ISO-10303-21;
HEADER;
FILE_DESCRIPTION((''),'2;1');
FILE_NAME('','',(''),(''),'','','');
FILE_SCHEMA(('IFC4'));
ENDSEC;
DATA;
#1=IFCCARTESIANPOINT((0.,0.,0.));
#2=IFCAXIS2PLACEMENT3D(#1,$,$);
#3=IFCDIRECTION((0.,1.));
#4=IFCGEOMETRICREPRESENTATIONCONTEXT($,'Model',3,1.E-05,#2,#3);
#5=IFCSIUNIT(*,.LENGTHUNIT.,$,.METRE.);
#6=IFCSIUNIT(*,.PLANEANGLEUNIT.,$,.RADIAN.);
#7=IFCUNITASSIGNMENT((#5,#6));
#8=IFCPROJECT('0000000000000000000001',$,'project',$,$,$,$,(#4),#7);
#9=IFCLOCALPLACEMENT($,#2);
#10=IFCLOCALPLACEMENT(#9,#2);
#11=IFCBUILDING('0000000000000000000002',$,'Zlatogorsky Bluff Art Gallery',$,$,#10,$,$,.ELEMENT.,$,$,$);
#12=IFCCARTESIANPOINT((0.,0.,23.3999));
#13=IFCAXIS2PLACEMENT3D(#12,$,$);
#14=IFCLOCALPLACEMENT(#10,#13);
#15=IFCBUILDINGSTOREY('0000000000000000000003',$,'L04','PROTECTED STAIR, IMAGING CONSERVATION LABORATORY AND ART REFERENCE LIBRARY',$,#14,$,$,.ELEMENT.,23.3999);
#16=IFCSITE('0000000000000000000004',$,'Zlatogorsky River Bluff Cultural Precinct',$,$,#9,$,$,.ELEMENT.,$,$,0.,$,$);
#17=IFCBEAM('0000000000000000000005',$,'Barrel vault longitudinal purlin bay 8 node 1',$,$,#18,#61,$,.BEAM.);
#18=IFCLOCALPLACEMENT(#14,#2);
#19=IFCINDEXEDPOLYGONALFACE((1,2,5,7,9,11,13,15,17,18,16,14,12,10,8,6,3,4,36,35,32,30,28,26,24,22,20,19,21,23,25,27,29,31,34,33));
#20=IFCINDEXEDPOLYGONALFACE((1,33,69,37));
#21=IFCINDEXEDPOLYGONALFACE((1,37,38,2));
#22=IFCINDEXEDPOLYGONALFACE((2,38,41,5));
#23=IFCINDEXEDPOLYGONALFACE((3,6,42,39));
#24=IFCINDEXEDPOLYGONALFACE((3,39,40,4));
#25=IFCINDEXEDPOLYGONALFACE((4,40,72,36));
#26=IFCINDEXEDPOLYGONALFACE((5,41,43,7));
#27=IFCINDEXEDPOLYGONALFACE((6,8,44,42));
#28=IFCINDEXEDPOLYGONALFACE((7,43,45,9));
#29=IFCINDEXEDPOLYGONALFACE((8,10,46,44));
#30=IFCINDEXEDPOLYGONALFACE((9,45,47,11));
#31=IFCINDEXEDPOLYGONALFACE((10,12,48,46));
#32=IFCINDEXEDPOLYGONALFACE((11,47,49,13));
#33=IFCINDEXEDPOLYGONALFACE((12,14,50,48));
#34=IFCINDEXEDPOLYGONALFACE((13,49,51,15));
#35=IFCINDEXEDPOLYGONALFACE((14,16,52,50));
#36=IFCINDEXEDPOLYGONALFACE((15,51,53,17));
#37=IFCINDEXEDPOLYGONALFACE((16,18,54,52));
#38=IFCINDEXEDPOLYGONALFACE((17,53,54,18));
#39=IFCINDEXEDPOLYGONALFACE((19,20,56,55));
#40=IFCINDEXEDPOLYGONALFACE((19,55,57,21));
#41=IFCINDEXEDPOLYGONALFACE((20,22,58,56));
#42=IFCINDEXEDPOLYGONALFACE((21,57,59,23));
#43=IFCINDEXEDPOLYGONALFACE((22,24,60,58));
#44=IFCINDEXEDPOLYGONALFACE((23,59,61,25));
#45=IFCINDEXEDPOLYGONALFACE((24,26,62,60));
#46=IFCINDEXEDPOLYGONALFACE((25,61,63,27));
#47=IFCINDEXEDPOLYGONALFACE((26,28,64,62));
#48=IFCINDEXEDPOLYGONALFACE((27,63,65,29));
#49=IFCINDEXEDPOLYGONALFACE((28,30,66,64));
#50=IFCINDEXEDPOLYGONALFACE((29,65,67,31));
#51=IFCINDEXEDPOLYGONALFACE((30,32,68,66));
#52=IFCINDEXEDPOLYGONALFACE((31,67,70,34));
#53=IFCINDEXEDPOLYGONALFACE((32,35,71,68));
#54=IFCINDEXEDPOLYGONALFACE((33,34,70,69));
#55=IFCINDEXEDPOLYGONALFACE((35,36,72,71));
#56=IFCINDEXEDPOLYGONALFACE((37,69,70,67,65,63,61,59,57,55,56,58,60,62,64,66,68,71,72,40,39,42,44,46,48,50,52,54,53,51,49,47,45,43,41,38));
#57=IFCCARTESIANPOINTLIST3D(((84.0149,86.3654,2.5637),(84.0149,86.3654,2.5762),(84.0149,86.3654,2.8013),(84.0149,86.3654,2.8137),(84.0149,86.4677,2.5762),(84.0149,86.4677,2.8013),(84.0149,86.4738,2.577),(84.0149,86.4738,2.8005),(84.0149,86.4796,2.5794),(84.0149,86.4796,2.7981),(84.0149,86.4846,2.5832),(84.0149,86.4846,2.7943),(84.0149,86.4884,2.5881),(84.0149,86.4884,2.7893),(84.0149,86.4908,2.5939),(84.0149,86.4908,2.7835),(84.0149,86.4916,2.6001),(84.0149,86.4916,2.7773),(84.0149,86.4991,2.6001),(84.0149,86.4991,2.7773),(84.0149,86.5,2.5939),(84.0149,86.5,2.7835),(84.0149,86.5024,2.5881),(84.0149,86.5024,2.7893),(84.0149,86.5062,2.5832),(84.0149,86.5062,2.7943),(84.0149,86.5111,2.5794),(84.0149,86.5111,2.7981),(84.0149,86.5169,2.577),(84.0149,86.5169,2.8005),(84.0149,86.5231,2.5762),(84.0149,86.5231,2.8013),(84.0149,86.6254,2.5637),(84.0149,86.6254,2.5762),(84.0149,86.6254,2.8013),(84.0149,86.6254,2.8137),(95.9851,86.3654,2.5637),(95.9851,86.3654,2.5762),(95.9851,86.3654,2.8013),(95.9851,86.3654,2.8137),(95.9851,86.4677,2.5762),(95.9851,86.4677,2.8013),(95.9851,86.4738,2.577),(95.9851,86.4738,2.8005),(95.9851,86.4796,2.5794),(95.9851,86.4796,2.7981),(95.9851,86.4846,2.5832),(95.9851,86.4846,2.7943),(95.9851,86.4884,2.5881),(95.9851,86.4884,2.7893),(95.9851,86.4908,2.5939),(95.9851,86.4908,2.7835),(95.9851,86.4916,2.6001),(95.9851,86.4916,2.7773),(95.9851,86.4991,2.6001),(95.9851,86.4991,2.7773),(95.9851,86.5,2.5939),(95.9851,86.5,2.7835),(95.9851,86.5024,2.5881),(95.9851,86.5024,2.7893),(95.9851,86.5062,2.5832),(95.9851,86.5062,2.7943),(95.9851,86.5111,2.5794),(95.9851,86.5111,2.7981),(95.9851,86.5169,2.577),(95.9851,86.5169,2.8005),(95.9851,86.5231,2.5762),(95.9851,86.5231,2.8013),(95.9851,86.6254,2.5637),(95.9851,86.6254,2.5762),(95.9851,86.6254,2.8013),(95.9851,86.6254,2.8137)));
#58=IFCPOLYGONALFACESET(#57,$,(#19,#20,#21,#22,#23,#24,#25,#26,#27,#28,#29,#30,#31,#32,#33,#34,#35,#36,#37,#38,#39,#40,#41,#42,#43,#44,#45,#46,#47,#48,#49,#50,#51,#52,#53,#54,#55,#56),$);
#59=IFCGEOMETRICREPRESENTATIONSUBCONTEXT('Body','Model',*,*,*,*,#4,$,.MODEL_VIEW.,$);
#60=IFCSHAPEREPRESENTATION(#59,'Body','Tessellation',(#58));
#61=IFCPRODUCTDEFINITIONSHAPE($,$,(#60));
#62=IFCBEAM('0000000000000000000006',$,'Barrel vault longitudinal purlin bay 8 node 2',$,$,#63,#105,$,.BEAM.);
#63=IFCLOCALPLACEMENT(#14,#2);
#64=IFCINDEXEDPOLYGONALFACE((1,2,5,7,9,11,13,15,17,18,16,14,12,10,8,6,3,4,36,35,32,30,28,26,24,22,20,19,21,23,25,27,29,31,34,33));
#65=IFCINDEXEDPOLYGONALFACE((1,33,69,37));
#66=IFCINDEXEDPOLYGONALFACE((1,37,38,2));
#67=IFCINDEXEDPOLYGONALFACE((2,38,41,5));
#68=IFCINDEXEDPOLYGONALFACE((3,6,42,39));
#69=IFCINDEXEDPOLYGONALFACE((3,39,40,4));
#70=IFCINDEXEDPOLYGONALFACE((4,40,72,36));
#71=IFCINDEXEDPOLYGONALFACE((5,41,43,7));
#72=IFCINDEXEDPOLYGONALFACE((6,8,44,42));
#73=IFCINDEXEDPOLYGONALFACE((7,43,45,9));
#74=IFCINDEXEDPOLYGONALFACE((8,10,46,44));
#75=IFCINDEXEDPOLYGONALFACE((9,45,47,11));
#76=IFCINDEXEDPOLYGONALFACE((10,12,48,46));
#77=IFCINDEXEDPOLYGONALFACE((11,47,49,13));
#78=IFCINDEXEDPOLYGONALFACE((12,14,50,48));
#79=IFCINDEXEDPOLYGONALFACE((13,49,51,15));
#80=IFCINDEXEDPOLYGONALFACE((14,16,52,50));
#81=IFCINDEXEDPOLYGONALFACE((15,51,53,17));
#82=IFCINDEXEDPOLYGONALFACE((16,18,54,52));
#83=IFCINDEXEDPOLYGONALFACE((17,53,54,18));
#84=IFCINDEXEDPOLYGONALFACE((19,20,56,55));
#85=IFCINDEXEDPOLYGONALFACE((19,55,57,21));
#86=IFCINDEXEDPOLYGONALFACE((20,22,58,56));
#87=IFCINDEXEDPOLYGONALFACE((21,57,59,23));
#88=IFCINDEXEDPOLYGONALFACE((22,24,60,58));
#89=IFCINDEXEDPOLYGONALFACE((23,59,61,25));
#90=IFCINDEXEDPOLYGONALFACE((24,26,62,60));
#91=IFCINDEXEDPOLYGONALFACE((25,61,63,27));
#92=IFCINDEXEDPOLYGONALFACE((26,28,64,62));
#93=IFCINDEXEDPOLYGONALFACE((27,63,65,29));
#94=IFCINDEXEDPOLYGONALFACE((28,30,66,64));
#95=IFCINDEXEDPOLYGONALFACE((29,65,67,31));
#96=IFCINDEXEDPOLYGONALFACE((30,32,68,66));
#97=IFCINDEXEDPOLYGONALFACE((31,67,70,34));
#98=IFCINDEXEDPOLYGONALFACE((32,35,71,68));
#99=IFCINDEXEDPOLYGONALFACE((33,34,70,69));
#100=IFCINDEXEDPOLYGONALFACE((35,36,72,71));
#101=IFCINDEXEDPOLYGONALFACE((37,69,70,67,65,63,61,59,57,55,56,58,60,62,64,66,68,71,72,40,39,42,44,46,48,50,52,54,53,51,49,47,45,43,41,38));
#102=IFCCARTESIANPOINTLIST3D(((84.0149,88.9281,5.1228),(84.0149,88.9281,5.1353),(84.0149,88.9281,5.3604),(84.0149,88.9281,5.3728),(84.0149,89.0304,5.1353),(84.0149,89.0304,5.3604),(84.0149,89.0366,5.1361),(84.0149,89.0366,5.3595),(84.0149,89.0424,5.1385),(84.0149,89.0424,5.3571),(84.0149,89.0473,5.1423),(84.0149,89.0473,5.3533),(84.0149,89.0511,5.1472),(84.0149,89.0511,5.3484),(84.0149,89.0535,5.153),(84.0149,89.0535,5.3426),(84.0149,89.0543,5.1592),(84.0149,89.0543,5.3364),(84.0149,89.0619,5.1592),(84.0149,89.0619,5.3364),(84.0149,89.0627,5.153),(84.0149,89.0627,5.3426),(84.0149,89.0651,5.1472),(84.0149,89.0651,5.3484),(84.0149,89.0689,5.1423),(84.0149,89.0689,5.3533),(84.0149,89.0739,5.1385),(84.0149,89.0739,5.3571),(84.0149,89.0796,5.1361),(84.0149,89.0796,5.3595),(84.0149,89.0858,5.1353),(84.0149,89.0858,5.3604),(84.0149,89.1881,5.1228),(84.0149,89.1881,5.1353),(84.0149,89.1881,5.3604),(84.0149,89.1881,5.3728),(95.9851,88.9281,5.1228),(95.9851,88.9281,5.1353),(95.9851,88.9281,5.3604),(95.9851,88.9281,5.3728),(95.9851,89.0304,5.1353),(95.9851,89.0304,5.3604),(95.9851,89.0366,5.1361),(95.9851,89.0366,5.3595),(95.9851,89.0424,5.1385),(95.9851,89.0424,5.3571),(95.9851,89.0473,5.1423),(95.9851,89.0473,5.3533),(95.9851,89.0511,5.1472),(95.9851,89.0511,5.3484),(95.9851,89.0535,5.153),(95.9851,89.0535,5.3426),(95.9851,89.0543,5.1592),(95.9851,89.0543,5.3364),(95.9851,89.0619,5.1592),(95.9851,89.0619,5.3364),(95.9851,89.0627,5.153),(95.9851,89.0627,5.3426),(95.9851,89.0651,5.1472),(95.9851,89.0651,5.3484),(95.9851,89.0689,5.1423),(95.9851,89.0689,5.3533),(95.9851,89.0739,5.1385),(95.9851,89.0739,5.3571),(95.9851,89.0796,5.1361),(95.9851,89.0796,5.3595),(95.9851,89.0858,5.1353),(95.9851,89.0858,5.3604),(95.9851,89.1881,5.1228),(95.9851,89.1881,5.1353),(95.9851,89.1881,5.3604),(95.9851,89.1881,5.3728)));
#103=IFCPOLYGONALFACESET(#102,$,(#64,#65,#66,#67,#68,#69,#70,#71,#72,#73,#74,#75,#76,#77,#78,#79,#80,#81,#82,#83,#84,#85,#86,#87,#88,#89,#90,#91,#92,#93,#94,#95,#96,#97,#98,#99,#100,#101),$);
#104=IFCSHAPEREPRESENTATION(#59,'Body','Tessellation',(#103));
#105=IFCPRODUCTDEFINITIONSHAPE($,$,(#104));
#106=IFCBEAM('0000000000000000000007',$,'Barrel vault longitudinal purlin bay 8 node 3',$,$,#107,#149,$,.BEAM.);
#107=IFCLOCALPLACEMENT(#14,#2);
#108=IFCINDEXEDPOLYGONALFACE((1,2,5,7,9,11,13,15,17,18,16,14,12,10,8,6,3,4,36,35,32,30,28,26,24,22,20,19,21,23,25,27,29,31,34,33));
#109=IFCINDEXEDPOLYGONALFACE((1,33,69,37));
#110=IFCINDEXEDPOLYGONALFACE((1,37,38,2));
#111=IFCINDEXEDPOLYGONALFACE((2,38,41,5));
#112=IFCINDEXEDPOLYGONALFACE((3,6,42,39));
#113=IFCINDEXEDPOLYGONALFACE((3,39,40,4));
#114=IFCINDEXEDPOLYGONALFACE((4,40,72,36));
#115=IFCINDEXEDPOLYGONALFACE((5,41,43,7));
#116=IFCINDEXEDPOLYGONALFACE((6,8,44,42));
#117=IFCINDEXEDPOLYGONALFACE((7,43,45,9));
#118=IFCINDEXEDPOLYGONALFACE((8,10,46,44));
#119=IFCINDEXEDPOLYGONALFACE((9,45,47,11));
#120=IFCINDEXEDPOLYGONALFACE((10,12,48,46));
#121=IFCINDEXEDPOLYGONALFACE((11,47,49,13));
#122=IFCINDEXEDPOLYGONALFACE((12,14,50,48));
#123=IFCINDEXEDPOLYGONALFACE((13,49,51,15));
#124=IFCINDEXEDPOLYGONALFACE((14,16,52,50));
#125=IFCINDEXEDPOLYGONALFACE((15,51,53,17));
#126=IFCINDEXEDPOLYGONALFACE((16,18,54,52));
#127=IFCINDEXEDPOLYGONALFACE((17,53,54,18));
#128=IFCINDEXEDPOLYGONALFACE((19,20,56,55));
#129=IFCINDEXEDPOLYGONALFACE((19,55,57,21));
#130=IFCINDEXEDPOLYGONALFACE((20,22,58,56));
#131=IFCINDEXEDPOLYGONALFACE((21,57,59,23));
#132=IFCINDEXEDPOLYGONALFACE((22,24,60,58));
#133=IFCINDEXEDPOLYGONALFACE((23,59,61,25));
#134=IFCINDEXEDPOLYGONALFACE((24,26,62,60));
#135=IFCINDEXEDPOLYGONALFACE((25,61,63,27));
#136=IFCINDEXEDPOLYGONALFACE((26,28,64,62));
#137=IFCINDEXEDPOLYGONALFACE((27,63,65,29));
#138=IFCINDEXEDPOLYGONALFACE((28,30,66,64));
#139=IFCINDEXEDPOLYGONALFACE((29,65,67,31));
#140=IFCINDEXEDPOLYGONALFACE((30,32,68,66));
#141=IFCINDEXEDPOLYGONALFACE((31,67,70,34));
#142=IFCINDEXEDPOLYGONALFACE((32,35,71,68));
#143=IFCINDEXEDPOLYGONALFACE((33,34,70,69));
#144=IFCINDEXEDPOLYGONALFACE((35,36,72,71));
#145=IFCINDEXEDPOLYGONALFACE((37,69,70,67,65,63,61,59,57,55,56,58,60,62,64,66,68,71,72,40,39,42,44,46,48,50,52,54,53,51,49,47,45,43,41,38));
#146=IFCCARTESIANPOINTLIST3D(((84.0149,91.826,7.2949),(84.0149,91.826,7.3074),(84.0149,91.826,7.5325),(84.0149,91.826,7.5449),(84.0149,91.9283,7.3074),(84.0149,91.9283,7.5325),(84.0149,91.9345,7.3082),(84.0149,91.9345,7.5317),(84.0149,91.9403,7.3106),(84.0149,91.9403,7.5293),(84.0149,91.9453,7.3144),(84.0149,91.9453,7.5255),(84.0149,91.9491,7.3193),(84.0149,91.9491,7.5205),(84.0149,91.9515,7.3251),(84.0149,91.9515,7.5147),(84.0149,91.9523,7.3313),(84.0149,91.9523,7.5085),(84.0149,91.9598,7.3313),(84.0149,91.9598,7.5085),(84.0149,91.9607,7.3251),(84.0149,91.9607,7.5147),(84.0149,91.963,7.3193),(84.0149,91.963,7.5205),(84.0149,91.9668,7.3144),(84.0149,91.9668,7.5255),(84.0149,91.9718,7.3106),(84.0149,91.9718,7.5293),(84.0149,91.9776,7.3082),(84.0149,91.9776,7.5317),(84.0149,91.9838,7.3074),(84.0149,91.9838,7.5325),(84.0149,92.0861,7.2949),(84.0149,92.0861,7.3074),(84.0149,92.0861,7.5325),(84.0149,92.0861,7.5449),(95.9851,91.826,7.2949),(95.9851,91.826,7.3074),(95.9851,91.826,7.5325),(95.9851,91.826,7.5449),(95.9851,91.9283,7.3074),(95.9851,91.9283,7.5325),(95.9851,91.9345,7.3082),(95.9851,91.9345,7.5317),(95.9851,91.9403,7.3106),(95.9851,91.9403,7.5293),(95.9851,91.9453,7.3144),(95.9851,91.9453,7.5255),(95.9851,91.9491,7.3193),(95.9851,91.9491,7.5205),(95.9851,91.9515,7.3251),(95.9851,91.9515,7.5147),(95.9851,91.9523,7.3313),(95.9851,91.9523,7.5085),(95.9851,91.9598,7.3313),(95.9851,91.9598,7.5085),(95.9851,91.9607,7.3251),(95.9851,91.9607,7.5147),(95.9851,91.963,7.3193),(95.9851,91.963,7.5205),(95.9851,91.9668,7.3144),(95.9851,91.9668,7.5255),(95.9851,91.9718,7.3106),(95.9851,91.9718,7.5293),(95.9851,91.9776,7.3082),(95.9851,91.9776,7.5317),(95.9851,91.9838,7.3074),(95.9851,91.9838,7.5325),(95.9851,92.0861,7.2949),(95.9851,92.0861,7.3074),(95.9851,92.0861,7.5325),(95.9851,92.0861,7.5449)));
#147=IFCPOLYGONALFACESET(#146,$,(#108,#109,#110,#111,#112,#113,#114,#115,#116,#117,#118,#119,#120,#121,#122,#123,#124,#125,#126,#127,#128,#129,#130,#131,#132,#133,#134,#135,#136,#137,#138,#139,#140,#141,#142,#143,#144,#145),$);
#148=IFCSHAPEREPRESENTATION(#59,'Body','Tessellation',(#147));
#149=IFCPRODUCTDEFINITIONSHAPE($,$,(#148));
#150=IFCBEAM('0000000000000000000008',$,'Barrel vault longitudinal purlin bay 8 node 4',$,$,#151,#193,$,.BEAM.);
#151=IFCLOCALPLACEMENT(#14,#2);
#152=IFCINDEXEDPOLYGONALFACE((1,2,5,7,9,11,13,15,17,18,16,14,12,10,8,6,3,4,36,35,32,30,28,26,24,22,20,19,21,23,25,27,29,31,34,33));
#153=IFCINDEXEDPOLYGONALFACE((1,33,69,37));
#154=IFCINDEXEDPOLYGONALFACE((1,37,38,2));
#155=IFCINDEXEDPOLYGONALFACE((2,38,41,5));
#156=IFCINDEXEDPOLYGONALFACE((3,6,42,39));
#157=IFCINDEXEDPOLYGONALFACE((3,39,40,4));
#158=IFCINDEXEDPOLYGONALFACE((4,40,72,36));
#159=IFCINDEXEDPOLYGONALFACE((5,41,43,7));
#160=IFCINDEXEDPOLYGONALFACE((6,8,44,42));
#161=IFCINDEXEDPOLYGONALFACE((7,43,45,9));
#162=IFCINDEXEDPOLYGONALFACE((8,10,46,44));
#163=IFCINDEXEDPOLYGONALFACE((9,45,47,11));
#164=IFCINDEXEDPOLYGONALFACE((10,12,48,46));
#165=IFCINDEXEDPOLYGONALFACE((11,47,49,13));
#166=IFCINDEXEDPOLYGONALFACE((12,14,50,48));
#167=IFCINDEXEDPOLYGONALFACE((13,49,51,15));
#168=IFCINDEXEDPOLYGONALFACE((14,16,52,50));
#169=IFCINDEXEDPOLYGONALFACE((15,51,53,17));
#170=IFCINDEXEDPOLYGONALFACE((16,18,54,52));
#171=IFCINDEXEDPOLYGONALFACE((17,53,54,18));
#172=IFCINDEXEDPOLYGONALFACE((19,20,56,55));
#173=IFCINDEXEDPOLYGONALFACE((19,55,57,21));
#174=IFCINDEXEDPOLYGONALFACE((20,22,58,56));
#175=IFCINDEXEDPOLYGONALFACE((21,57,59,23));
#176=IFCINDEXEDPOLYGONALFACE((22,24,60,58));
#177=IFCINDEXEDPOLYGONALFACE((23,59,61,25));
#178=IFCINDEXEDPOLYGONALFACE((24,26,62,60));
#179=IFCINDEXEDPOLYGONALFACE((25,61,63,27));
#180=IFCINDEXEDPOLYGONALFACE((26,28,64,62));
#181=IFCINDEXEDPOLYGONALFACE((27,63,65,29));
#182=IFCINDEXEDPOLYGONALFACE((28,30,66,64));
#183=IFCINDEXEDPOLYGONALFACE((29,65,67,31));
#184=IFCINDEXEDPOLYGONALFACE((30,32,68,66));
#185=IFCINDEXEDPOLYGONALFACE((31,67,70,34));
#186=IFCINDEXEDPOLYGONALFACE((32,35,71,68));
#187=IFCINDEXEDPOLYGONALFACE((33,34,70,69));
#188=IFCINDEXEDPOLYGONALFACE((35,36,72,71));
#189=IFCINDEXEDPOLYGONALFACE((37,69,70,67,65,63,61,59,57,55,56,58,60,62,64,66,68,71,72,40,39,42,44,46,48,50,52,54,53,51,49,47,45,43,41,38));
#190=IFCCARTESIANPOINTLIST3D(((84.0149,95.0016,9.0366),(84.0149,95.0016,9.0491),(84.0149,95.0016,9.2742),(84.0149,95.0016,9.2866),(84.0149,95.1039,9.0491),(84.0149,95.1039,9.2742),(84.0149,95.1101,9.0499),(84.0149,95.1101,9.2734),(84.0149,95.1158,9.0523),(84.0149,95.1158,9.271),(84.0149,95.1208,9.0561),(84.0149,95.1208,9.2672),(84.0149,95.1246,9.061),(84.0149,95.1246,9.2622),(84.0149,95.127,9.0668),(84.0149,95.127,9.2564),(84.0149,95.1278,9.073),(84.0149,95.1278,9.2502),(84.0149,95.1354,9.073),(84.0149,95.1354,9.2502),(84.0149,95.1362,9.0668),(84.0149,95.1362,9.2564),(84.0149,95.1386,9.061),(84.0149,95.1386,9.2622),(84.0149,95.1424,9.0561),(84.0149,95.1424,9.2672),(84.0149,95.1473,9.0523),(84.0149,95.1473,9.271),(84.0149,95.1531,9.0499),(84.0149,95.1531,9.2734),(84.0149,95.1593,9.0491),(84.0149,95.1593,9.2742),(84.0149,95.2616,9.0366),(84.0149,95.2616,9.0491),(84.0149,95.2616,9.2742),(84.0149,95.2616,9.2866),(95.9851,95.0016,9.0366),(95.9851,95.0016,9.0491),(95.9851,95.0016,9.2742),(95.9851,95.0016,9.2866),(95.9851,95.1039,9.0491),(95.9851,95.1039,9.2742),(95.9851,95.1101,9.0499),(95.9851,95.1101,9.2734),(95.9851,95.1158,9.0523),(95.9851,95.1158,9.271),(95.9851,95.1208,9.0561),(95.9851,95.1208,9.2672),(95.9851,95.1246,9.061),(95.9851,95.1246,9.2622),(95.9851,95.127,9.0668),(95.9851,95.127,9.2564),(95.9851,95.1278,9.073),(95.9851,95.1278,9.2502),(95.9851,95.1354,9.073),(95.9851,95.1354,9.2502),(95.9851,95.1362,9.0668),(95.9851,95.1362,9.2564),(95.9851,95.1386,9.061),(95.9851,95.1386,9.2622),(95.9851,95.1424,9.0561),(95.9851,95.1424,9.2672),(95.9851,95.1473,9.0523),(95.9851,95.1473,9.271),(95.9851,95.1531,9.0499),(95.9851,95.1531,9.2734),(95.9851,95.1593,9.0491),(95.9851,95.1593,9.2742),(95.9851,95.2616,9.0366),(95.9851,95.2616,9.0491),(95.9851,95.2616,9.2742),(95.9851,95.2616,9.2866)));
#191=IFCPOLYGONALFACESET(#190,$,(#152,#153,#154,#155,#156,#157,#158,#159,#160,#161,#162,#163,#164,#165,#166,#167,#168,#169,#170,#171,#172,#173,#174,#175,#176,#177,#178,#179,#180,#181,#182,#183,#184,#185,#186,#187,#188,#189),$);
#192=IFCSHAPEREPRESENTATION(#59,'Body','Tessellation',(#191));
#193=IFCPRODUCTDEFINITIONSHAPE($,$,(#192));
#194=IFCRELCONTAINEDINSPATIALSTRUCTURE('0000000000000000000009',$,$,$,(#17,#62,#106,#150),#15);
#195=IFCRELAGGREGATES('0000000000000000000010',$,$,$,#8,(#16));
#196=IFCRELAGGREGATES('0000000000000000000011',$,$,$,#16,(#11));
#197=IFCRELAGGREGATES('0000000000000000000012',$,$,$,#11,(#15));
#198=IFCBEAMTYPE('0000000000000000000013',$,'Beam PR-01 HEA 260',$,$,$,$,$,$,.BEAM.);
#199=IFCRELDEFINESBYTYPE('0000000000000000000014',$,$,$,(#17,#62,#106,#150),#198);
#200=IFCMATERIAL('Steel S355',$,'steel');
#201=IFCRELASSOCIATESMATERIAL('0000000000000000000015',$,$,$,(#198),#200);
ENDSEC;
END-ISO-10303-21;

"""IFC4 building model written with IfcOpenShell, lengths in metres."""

from ifc_helpers import new_model, si_unit, direction, frame, origin, origin_2d, place, context, subcontext, project, spatial, i_section, extrude, material, material_profile, profile_set, type_object, element, save


model = new_model("IFC4")

# Units and contexts
model_context = context("Model", 3, precision=1e-05, world=origin(), true_north=direction((0.0, 1.0)))
body_context = subcontext(model_context, "Body", "Model", "MODEL_VIEW")
ifc_project = project(units=[si_unit("LENGTHUNIT", "METRE"), si_unit("PLANEANGLEUNIT", "RADIAN")], contexts=[model_context])

# Site, building, storey
site_placement = place(None, origin())
site = spatial("IfcSite", under=ifc_project, at=site_placement, Name="Zlatogorsky River Bluff Cultural Precinct", CompositionType="ELEMENT", RefElevation=0.0)
building_placement = place(site_placement, origin())
building = spatial("IfcBuilding", under=site, at=building_placement, Name="Zlatogorsky Bluff Art Gallery", CompositionType="ELEMENT")
storey_placement = place(building_placement, frame((0.0, 0.0, 23.3999)))
storey = spatial("IfcBuildingStorey", under=building, at=storey_placement, Name="L04", Description="PROTECTED STAIR, IMAGING CONSERVATION LABORATORY AND ART REFERENCE LIBRARY", CompositionType="ELEMENT", Elevation=23.3999)

# Beams
ifc_material_1 = material(Name="Steel S355", Category="steel")
ifc_material_profile_1 = material_profile(ifc_material_1, i_section(OverallWidth=0.26, OverallDepth=0.25, WebThickness=0.0076, FlangeThickness=0.0125, FilletRadius=0.0239, at=origin_2d()), Name="HEA 260")
ifc_profile_set_1 = profile_set([ifc_material_profile_1], Name="Steel S355")
beam_type_1 = type_object("IfcBeamType", Name="Beam PR-01 HEA 260", PredefinedType="BEAM", material=ifc_profile_set_1)
for number, where, z_axis, x_axis, name in (
    (1, (84.0149, 86.4954, 2.6887), (1.0, 0.0, 0.0), (0.0, 1.0, 0.0), "Barrel vault longitudinal purlin bay 8 node 1"),
    (2, (84.0149, 89.0581, 5.2478), (1.0, 0.0, 0.0), (0.0, 1.0, 0.0), "Barrel vault longitudinal purlin bay 8 node 2"),
    (3, (84.0149, 91.9561, 7.4199), (1.0, 0.0, 0.0), (0.0, 1.0, 0.0), "Barrel vault longitudinal purlin bay 8 node 3"),
    (4, (84.0149, 95.1316, 9.1616), (1.0, 0.0, 0.0), (0.0, 1.0, 0.0), "Barrel vault longitudinal purlin bay 8 node 4"),
):
    element("IfcBeam", number, at=place(storey_placement, frame(where, z_axis=z_axis, x_axis=x_axis)), inside=storey, type_object=beam_type_1, Name=name, PredefinedType="BEAM", context=body_context, shape_type="SweptSolid", body=[
        extrude(i_section(OverallWidth=0.26, OverallDepth=0.25, WebThickness=0.0076, FlangeThickness=0.0125, FilletRadius=0.0239, at=origin_2d()), origin(), (0.0, 0.0, 1.0), 11.9702),
    ])

save(model, "model.ifc")
